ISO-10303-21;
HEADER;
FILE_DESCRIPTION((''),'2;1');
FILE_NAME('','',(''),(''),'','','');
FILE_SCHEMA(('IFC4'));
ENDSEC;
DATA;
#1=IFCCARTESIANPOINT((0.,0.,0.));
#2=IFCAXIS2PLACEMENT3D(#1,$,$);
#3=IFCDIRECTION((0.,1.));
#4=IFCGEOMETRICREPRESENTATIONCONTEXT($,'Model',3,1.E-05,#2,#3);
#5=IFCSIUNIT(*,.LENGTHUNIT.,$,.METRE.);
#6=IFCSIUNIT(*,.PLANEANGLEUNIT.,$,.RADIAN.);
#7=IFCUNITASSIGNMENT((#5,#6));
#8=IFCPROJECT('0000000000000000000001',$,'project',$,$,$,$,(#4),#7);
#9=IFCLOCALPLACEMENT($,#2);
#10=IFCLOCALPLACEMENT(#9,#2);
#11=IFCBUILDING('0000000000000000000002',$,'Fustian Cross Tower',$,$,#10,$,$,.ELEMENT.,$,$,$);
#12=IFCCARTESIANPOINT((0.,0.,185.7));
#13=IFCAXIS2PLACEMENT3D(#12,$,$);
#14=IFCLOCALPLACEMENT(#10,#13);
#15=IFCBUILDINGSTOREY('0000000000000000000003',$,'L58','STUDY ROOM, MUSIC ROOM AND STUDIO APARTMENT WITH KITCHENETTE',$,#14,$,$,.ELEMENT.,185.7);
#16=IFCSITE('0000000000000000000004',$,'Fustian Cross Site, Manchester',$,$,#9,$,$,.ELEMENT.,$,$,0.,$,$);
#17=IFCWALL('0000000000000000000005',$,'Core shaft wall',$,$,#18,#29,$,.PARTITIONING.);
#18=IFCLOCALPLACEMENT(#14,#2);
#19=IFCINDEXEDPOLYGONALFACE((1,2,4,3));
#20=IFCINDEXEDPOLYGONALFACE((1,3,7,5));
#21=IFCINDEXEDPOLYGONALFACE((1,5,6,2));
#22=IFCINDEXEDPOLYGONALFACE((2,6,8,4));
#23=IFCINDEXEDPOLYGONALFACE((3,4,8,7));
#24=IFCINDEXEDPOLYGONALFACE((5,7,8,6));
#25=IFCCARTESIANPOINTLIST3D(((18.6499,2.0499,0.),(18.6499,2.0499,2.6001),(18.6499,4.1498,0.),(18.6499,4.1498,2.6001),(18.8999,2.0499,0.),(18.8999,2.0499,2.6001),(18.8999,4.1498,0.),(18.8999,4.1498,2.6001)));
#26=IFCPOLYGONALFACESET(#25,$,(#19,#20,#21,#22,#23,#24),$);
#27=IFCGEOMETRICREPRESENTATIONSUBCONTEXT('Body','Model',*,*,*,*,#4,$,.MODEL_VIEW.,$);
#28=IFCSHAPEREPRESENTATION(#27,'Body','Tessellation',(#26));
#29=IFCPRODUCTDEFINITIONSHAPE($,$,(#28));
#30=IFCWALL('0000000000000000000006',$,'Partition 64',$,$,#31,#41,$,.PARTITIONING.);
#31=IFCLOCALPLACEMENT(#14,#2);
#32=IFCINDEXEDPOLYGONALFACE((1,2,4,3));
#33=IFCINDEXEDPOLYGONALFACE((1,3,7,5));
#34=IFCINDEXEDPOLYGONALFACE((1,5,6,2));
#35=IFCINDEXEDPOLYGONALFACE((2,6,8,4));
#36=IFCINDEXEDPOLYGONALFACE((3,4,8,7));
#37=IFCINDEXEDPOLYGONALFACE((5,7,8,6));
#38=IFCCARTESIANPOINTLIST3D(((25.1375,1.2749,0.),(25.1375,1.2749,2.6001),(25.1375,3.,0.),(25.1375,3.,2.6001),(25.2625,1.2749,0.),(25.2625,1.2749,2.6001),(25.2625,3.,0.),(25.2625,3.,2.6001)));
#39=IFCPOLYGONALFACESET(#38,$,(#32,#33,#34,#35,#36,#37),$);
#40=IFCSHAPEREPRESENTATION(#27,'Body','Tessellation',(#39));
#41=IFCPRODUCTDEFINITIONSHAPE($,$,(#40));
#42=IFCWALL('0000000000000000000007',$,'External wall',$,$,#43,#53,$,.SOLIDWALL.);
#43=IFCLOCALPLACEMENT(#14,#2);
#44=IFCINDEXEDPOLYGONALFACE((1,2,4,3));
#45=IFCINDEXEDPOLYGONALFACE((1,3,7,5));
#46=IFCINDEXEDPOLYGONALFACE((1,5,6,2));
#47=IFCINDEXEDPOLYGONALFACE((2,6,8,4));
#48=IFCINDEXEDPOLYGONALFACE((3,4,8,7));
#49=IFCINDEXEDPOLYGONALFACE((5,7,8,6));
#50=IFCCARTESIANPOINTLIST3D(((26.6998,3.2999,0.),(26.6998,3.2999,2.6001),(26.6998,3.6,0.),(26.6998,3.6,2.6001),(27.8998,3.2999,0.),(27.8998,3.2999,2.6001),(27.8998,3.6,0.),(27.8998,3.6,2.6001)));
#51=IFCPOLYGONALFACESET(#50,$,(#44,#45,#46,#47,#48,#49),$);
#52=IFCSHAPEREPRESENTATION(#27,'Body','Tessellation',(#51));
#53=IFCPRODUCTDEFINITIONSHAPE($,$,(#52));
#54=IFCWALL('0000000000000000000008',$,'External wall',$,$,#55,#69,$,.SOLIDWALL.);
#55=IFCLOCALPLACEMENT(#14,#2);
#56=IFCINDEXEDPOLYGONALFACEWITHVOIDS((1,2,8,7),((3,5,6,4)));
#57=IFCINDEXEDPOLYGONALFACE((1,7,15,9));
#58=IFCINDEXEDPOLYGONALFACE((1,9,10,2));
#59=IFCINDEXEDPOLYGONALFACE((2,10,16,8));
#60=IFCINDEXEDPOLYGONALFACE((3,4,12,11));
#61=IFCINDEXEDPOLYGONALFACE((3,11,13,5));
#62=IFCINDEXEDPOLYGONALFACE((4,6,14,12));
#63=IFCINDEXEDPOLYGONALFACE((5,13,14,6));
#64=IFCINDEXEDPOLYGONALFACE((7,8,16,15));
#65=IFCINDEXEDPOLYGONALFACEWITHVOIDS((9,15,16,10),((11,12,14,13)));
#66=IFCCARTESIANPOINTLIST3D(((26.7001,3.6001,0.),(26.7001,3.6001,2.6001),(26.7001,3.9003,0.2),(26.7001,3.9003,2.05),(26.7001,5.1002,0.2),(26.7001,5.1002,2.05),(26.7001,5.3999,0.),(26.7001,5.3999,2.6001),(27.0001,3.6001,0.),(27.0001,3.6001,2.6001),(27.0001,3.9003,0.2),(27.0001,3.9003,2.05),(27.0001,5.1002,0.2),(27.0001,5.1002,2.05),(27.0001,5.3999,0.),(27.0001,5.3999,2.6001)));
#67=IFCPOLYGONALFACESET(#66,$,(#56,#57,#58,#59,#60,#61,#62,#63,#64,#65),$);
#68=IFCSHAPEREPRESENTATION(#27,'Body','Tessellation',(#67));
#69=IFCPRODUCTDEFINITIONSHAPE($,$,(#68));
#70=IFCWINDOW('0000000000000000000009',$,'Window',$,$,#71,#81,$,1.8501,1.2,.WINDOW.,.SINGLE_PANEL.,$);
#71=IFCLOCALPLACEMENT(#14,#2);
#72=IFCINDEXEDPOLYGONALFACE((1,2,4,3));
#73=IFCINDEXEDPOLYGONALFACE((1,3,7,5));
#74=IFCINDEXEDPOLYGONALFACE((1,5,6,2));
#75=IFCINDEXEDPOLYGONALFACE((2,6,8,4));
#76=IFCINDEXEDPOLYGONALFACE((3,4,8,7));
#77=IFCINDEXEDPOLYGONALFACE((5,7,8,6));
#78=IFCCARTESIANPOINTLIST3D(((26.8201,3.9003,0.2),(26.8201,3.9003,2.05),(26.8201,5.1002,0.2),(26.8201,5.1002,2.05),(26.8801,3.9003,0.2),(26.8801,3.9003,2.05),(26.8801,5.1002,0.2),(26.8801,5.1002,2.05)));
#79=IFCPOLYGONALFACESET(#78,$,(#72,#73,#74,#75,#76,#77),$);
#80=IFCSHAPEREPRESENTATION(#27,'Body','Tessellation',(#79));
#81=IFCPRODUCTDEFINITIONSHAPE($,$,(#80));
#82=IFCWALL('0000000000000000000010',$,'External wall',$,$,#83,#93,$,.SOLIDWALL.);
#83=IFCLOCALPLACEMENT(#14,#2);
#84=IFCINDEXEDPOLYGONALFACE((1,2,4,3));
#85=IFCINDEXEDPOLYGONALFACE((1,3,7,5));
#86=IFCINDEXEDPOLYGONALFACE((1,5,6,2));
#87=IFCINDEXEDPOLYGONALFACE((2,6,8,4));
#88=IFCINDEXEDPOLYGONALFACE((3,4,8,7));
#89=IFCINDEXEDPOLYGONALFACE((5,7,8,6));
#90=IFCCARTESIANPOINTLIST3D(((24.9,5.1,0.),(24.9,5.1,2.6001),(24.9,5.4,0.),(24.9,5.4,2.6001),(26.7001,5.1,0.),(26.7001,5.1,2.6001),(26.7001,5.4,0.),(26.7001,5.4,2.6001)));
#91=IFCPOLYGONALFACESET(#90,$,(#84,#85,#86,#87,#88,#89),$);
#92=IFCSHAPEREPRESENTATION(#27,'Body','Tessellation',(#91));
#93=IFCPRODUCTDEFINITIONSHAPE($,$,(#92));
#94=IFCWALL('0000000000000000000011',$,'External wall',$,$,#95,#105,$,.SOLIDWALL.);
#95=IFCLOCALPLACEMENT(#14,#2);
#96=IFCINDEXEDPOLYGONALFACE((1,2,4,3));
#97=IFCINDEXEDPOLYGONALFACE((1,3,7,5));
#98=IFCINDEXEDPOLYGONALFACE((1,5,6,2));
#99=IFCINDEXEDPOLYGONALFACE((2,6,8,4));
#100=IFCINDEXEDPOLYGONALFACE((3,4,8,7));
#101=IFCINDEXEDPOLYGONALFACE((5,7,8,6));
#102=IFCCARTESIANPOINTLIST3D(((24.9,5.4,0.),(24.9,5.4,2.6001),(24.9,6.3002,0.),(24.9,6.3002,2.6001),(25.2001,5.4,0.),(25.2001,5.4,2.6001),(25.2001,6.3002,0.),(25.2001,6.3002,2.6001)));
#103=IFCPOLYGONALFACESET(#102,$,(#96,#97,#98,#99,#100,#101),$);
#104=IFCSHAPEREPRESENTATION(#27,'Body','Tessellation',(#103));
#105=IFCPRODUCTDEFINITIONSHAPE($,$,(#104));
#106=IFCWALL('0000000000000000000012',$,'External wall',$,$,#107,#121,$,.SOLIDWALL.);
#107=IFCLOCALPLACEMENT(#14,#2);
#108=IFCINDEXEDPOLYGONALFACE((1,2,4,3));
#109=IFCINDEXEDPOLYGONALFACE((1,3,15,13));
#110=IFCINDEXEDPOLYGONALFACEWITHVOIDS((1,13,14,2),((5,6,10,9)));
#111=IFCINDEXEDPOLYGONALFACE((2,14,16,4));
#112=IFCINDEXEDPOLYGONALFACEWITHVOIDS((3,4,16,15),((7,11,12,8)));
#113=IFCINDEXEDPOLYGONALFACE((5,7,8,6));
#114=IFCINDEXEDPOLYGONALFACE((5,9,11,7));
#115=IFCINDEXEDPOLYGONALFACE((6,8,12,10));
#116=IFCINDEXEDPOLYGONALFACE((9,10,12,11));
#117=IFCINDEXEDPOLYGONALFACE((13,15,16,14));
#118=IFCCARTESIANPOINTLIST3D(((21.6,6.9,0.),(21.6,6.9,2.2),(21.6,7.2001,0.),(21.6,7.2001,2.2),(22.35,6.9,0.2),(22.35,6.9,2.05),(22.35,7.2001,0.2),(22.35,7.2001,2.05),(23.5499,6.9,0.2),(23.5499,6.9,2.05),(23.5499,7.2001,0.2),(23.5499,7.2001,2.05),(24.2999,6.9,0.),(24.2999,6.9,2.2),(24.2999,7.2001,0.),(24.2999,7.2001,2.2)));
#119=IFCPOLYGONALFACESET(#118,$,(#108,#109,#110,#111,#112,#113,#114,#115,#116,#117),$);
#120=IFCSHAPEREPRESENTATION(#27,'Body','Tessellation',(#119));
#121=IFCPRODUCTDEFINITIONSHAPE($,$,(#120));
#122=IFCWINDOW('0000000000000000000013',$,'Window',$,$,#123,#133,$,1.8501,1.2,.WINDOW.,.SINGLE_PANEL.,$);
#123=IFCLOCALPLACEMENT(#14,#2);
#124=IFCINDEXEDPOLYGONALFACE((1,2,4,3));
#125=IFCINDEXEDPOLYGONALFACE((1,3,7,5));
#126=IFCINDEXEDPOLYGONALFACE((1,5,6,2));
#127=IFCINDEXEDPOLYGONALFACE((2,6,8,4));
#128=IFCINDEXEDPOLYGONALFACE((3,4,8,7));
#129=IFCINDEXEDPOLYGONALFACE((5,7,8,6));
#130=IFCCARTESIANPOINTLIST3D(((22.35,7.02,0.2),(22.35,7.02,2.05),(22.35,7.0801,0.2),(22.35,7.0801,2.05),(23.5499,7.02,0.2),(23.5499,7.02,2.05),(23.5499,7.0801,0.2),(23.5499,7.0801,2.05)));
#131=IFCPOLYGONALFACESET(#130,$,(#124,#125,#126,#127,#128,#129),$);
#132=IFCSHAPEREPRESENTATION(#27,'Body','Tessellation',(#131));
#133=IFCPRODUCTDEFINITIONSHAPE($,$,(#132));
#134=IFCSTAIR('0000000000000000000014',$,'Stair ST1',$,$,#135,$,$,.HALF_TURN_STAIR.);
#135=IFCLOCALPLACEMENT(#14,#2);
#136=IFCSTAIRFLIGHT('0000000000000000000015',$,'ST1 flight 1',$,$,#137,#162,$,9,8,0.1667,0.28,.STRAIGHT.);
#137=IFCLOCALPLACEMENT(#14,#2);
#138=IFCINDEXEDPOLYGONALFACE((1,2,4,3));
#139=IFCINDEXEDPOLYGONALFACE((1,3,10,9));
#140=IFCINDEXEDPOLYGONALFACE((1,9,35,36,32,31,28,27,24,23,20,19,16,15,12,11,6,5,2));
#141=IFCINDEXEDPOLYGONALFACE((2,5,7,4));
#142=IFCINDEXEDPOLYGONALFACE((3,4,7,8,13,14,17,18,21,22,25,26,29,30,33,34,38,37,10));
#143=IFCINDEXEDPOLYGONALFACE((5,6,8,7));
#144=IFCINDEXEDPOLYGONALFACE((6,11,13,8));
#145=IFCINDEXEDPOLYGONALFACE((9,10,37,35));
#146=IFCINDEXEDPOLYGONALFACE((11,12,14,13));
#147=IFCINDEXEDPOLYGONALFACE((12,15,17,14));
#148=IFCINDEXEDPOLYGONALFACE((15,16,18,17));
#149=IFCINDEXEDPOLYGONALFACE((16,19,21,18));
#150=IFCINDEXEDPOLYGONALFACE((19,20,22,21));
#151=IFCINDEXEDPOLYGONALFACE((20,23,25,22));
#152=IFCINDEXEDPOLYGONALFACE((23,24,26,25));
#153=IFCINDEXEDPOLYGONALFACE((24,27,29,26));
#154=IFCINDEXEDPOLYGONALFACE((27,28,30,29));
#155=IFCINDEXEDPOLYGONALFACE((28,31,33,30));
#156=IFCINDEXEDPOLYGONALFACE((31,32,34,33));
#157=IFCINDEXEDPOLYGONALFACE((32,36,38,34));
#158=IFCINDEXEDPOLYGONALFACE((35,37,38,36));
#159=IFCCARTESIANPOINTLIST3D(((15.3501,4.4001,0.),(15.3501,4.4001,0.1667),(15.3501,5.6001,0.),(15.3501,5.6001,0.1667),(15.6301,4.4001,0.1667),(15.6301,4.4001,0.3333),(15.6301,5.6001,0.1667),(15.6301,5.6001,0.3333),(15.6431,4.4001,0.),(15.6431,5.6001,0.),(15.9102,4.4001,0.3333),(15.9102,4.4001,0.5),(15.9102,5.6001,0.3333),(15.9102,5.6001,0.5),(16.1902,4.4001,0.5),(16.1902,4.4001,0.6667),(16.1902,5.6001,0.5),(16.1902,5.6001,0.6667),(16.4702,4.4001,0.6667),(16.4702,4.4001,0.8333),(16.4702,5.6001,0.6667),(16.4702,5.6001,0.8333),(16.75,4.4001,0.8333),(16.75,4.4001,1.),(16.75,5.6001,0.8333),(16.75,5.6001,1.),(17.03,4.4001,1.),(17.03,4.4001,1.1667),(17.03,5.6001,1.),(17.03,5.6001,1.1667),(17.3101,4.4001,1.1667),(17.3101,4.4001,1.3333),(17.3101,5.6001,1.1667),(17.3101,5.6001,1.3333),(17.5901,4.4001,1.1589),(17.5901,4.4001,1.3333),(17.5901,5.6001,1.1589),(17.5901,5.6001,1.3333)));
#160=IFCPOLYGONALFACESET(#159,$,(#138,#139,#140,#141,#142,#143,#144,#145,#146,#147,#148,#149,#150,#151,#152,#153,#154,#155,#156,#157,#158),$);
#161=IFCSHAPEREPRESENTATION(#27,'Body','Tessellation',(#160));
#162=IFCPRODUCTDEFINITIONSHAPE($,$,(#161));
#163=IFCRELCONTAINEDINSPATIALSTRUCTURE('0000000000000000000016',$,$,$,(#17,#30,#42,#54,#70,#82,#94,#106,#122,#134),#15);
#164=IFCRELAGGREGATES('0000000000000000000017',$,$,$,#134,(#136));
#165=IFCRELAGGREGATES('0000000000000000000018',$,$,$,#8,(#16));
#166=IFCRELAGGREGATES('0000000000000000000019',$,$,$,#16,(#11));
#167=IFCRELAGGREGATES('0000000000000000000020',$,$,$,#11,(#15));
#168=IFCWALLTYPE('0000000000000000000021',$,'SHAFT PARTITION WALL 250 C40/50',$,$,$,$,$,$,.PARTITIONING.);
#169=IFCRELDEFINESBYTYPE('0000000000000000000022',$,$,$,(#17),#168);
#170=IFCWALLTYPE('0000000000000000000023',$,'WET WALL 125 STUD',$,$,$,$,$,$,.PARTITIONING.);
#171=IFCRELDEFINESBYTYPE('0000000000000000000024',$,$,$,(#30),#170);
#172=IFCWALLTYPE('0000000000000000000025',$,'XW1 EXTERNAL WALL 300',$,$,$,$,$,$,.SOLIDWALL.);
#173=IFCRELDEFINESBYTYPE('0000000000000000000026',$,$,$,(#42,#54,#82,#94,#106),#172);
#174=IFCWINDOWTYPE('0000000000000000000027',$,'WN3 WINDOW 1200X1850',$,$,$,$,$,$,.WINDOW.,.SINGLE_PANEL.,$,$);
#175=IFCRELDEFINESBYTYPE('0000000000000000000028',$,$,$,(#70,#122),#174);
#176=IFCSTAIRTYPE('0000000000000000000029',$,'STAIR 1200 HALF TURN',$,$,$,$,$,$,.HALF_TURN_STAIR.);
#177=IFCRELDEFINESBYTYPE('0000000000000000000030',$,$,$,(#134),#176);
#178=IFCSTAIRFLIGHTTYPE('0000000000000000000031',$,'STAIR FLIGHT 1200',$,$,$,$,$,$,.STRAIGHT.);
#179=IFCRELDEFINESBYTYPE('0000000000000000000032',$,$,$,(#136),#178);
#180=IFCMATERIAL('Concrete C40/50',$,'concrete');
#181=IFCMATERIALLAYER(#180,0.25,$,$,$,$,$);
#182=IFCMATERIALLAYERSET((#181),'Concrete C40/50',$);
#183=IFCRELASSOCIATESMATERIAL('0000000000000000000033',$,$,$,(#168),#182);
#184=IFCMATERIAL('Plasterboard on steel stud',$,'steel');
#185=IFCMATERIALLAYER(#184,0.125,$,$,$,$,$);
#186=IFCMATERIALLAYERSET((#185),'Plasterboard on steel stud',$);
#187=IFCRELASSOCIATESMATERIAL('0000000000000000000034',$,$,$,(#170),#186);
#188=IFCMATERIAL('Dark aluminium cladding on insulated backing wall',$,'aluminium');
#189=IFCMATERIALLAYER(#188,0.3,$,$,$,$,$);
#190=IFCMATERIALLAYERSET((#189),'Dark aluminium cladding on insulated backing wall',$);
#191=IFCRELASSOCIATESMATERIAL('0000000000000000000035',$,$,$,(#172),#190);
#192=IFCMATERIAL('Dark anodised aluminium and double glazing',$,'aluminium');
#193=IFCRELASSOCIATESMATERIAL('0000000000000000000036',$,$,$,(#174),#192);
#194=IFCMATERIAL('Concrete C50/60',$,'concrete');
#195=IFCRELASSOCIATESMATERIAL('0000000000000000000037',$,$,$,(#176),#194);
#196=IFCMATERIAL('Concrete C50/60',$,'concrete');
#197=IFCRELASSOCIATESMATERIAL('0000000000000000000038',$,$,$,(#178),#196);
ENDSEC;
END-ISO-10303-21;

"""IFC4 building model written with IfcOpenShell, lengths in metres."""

from ifc_helpers import new_model, si_unit, direction, frame, frame_2d, origin, place, context, subcontext, project, spatial, polyline, rectangle, outline, extrude, material, layer, layer_set, type_object, element, fill, aggregate, save


model = new_model("IFC4")

# Units and contexts
model_context = context("Model", 3, precision=1e-05, world=origin(), true_north=direction((0.0, 1.0)))
body_context = subcontext(model_context, "Body", "Model", "MODEL_VIEW")
ifc_project = project(units=[si_unit("LENGTHUNIT", "METRE"), si_unit("PLANEANGLEUNIT", "RADIAN")], contexts=[model_context])

# Site, building, storey
site_placement = place(None, origin())
site = spatial("IfcSite", under=ifc_project, at=site_placement, Name="Fustian Cross Site, Manchester", CompositionType="ELEMENT", RefElevation=0.0)
building_placement = place(site_placement, origin())
building = spatial("IfcBuilding", under=site, at=building_placement, Name="Fustian Cross Tower", CompositionType="ELEMENT")
storey_placement = place(building_placement, frame((0.0, 0.0, 185.7)))
storey = spatial("IfcBuildingStorey", under=building, at=storey_placement, Name="L58", Description="STUDY ROOM, MUSIC ROOM AND STUDIO APARTMENT WITH KITCHENETTE", CompositionType="ELEMENT", Elevation=185.7)

# Walls
ifc_material_1 = material(Name="Concrete C40/50", Category="concrete")
ifc_layer_1 = layer(ifc_material_1, 0.25)
ifc_layer_set_1 = layer_set([ifc_layer_1], Name="Concrete C40/50")
wall_type_1 = type_object("IfcWallType", Name="SHAFT PARTITION WALL 250 C40/50", PredefinedType="PARTITIONING", material=ifc_layer_set_1)
wall_1_placement = place(storey_placement, frame((18.7749, 2.05, 0.0), z_axis=(0.0, 0.0, 1.0), x_axis=(0.0, 1.0, 0.0)))
element("IfcWall", 1, at=wall_1_placement, inside=storey, type_object=wall_type_1, Name="Core shaft wall", PredefinedType="PARTITIONING", context=body_context, shape_type="SweptSolid", body=[
    extrude(rectangle(XDim=2.0999, YDim=0.25, at=frame_2d((1.0498, 0.0))), origin(), (0.0, 0.0, 1.0), 2.6001),
])
ifc_material_2 = material(Name="Plasterboard on steel stud", Category="steel")
ifc_layer_2 = layer(ifc_material_2, 0.125)
ifc_layer_set_2 = layer_set([ifc_layer_2], Name="Plasterboard on steel stud")
wall_type_2 = type_object("IfcWallType", Name="WET WALL 125 STUD", PredefinedType="PARTITIONING", material=ifc_layer_set_2)
wall_2_placement = place(storey_placement, frame((25.2, 1.2749, 0.0), z_axis=(0.0, 0.0, 1.0), x_axis=(0.0, 1.0, 0.0)))
element("IfcWall", 2, at=wall_2_placement, inside=storey, type_object=wall_type_2, Name="Partition 64", PredefinedType="PARTITIONING", context=body_context, shape_type="SweptSolid", body=[
    extrude(rectangle(XDim=1.7251, YDim=0.125, at=frame_2d((0.8625, 0.0))), origin(), (0.0, 0.0, 1.0), 2.6001),
])
ifc_material_3 = material(Name="Dark aluminium cladding on insulated backing wall", Category="aluminium")
ifc_layer_3 = layer(ifc_material_3, 0.3)
ifc_layer_set_3 = layer_set([ifc_layer_3], Name="Dark aluminium cladding on insulated backing wall")
wall_type_3 = type_object("IfcWallType", Name="XW1 EXTERNAL WALL 300", PredefinedType="SOLIDWALL", material=ifc_layer_set_3)
wall_3_placement = place(storey_placement, frame((27.8999, 3.45, 0.0), z_axis=(0.0, 0.0, 1.0), x_axis=(-1.0, 0.0, 0.0)))
element("IfcWall", 3, at=wall_3_placement, inside=storey, type_object=wall_type_3, Name="External wall", PredefinedType="SOLIDWALL", context=body_context, shape_type="SweptSolid", body=[
    extrude(rectangle(XDim=1.2, YDim=0.3, at=frame_2d((0.6001, 0.0))), origin(), (0.0, 0.0, 1.0), 2.6001),
])

# Wall, opening, window
wall_4_placement = place(storey_placement, frame((26.8501, 3.6001, 0.0), z_axis=(0.0, 0.0, 1.0), x_axis=(0.0, 1.0, 0.0)))
wall_4 = element("IfcWall", 4, at=wall_4_placement, inside=storey, type_object=wall_type_3, Name="External wall", PredefinedType="SOLIDWALL", context=body_context, shape_type="SweptSolid", body=[
    extrude(rectangle(XDim=1.7998, YDim=0.3, at=frame_2d((0.8999, 0.0))), origin(), (0.0, 0.0, 1.0), 2.6001),
])
opening_1_placement = place(wall_4_placement, frame((0.3, 0.0, 0.2)))
opening_1 = element("IfcOpeningElement", 5, at=opening_1_placement, cuts=wall_4, PredefinedType="OPENING", context=body_context, shape_type="SweptSolid", body=[
    extrude(rectangle(XDim=1.2, YDim=1.8501, at=frame_2d((0.6001, 0.925))), frame((0.0, 0.1599, 0.0), z_axis=(0.0, -1.0, 0.0), x_axis=(1.0, 0.0, 0.0)), (0.0, 0.0, 1.0), 0.3201),
])
ifc_material_4 = material(Name="Dark anodised aluminium and double glazing", Category="aluminium")
window_type = type_object("IfcWindowType", Name="WN3 WINDOW 1200X1850", PartitioningType="SINGLE_PANEL", PredefinedType="WINDOW", material=ifc_material_4)
window_1_placement = place(opening_1_placement, origin())
window_1 = element("IfcWindow", 6, at=window_1_placement, inside=storey, type_object=window_type, Name="Window", OverallHeight=1.8501, OverallWidth=1.2, PartitioningType="SINGLE_PANEL", PredefinedType="WINDOW", context=body_context, shape_type="SweptSolid", body=[
    extrude(rectangle(XDim=1.2, YDim=1.8501, at=frame_2d((0.6001, 0.925))), frame((0.0, 0.03, 0.0), z_axis=(0.0, -1.0, 0.0), x_axis=(1.0, 0.0, 0.0)), (0.0, 0.0, 1.0), 0.0601),
])
fill(opening_1, window_1)

# Walls
wall_5_placement = place(storey_placement, frame((26.7, 5.25, 0.0), z_axis=(0.0, 0.0, 1.0), x_axis=(-1.0, 0.0, 0.0)))
element("IfcWall", 7, at=wall_5_placement, inside=storey, type_object=wall_type_3, Name="External wall", PredefinedType="SOLIDWALL", context=body_context, shape_type="SweptSolid", body=[
    extrude(rectangle(XDim=1.8, YDim=0.3, at=frame_2d((0.8999, 0.0))), origin(), (0.0, 0.0, 1.0), 2.6001),
])
wall_6_placement = place(storey_placement, frame((25.05, 5.3999, 0.0), z_axis=(0.0, 0.0, 1.0), x_axis=(0.0, 1.0, 0.0)))
element("IfcWall", 8, at=wall_6_placement, inside=storey, type_object=wall_type_3, Name="External wall", PredefinedType="SOLIDWALL", context=body_context, shape_type="SweptSolid", body=[
    extrude(rectangle(XDim=0.9001, YDim=0.3, at=frame_2d((0.4502, 0.0))), origin(), (0.0, 0.0, 1.0), 2.6001),
])

# Wall, opening, window
wall_7_placement = place(storey_placement, frame((24.3, 7.05, 0.0), z_axis=(0.0, 0.0, 1.0), x_axis=(-1.0, 0.0, 0.0)))
wall_7 = element("IfcWall", 9, at=wall_7_placement, inside=storey, type_object=wall_type_3, Name="External wall", PredefinedType="SOLIDWALL", context=body_context, shape_type="SweptSolid", body=[
    extrude(rectangle(XDim=2.7, YDim=0.3, at=frame_2d((1.3501, 0.0))), origin(), (0.0, 0.0, 1.0), 2.2),
])
opening_2_placement = place(wall_7_placement, frame((0.75, 0.0, 0.2)))
opening_2 = element("IfcOpeningElement", 10, at=opening_2_placement, cuts=wall_7, PredefinedType="OPENING", context=body_context, shape_type="SweptSolid", body=[
    extrude(rectangle(XDim=1.2, YDim=1.8501, at=frame_2d((0.6001, 0.925))), frame((0.0, 0.1599, 0.0), z_axis=(0.0, -1.0, 0.0), x_axis=(1.0, 0.0, 0.0)), (0.0, 0.0, 1.0), 0.3201),
])
window_2_placement = place(opening_2_placement, origin())
window_2 = element("IfcWindow", 11, at=window_2_placement, inside=storey, type_object=window_type, Name="Window", OverallHeight=1.8501, OverallWidth=1.2, PartitioningType="SINGLE_PANEL", PredefinedType="WINDOW", context=body_context, shape_type="SweptSolid", body=[
    extrude(rectangle(XDim=1.2, YDim=1.8501, at=frame_2d((0.6001, 0.925))), frame((0.0, 0.03, 0.0), z_axis=(0.0, -1.0, 0.0), x_axis=(1.0, 0.0, 0.0)), (0.0, 0.0, 1.0), 0.0601),
])
fill(opening_2, window_2)

# Stair, stair flight
ifc_material_5 = material(Name="Concrete C50/60", Category="concrete")
stair_type = type_object("IfcStairType", Name="STAIR 1200 HALF TURN", PredefinedType="HALF_TURN_STAIR", material=ifc_material_5)
stair_placement = place(storey_placement, origin())
stair = element("IfcStair", 12, at=stair_placement, inside=storey, type_object=stair_type, Name="Stair ST1", PredefinedType="HALF_TURN_STAIR")
ifc_material_6 = material(Name="Concrete C50/60", Category="concrete")
stair_flight_type = type_object("IfcStairFlightType", Name="STAIR FLIGHT 1200", PredefinedType="STRAIGHT", material=ifc_material_6)
stair_flight_1_placement = place(storey_placement, frame((15.3501, 5.0, 0.0), z_axis=(0.0, 0.0, 1.0), x_axis=(1.0, 0.0, 0.0)))
stair_flight_1 = element("IfcStairFlight", 13, at=stair_flight_1_placement, type_object=stair_flight_type, Name="ST1 flight 1", NumberOfRisers=9, NumberOfTreads=8, PredefinedType="STRAIGHT", RiserHeight=0.1667, TreadLength=0.28, context=body_context, shape_type="SweptSolid", body=[
    extrude(outline(polyline([(0.0, 0.0), (0.0, 0.1667), (0.28, 0.1667), (0.28, 0.3333), (0.5601, 0.3333), (0.5601, 0.5), (0.8401, 0.5), (0.8401, 0.6667), (1.1201, 0.6667), (1.1201, 0.8333), (1.3999, 0.8333), (1.3999, 1.0), (1.6799, 1.0), (1.6799, 1.1667), (1.96, 1.1667), (1.96, 1.3333), (2.24, 1.3333), (2.24, 1.5), (2.24, 1.1589), (0.293, 0.0), (0.0, 0.0)])), frame((0.0, 0.6001, 0.0), z_axis=(0.0, -1.0, 0.0), x_axis=(1.0, 0.0, 0.0)), (0.0, 0.0, 1.0), 1.2),
])
aggregate(stair, [stair_flight_1])

save(model, "model.ifc")
